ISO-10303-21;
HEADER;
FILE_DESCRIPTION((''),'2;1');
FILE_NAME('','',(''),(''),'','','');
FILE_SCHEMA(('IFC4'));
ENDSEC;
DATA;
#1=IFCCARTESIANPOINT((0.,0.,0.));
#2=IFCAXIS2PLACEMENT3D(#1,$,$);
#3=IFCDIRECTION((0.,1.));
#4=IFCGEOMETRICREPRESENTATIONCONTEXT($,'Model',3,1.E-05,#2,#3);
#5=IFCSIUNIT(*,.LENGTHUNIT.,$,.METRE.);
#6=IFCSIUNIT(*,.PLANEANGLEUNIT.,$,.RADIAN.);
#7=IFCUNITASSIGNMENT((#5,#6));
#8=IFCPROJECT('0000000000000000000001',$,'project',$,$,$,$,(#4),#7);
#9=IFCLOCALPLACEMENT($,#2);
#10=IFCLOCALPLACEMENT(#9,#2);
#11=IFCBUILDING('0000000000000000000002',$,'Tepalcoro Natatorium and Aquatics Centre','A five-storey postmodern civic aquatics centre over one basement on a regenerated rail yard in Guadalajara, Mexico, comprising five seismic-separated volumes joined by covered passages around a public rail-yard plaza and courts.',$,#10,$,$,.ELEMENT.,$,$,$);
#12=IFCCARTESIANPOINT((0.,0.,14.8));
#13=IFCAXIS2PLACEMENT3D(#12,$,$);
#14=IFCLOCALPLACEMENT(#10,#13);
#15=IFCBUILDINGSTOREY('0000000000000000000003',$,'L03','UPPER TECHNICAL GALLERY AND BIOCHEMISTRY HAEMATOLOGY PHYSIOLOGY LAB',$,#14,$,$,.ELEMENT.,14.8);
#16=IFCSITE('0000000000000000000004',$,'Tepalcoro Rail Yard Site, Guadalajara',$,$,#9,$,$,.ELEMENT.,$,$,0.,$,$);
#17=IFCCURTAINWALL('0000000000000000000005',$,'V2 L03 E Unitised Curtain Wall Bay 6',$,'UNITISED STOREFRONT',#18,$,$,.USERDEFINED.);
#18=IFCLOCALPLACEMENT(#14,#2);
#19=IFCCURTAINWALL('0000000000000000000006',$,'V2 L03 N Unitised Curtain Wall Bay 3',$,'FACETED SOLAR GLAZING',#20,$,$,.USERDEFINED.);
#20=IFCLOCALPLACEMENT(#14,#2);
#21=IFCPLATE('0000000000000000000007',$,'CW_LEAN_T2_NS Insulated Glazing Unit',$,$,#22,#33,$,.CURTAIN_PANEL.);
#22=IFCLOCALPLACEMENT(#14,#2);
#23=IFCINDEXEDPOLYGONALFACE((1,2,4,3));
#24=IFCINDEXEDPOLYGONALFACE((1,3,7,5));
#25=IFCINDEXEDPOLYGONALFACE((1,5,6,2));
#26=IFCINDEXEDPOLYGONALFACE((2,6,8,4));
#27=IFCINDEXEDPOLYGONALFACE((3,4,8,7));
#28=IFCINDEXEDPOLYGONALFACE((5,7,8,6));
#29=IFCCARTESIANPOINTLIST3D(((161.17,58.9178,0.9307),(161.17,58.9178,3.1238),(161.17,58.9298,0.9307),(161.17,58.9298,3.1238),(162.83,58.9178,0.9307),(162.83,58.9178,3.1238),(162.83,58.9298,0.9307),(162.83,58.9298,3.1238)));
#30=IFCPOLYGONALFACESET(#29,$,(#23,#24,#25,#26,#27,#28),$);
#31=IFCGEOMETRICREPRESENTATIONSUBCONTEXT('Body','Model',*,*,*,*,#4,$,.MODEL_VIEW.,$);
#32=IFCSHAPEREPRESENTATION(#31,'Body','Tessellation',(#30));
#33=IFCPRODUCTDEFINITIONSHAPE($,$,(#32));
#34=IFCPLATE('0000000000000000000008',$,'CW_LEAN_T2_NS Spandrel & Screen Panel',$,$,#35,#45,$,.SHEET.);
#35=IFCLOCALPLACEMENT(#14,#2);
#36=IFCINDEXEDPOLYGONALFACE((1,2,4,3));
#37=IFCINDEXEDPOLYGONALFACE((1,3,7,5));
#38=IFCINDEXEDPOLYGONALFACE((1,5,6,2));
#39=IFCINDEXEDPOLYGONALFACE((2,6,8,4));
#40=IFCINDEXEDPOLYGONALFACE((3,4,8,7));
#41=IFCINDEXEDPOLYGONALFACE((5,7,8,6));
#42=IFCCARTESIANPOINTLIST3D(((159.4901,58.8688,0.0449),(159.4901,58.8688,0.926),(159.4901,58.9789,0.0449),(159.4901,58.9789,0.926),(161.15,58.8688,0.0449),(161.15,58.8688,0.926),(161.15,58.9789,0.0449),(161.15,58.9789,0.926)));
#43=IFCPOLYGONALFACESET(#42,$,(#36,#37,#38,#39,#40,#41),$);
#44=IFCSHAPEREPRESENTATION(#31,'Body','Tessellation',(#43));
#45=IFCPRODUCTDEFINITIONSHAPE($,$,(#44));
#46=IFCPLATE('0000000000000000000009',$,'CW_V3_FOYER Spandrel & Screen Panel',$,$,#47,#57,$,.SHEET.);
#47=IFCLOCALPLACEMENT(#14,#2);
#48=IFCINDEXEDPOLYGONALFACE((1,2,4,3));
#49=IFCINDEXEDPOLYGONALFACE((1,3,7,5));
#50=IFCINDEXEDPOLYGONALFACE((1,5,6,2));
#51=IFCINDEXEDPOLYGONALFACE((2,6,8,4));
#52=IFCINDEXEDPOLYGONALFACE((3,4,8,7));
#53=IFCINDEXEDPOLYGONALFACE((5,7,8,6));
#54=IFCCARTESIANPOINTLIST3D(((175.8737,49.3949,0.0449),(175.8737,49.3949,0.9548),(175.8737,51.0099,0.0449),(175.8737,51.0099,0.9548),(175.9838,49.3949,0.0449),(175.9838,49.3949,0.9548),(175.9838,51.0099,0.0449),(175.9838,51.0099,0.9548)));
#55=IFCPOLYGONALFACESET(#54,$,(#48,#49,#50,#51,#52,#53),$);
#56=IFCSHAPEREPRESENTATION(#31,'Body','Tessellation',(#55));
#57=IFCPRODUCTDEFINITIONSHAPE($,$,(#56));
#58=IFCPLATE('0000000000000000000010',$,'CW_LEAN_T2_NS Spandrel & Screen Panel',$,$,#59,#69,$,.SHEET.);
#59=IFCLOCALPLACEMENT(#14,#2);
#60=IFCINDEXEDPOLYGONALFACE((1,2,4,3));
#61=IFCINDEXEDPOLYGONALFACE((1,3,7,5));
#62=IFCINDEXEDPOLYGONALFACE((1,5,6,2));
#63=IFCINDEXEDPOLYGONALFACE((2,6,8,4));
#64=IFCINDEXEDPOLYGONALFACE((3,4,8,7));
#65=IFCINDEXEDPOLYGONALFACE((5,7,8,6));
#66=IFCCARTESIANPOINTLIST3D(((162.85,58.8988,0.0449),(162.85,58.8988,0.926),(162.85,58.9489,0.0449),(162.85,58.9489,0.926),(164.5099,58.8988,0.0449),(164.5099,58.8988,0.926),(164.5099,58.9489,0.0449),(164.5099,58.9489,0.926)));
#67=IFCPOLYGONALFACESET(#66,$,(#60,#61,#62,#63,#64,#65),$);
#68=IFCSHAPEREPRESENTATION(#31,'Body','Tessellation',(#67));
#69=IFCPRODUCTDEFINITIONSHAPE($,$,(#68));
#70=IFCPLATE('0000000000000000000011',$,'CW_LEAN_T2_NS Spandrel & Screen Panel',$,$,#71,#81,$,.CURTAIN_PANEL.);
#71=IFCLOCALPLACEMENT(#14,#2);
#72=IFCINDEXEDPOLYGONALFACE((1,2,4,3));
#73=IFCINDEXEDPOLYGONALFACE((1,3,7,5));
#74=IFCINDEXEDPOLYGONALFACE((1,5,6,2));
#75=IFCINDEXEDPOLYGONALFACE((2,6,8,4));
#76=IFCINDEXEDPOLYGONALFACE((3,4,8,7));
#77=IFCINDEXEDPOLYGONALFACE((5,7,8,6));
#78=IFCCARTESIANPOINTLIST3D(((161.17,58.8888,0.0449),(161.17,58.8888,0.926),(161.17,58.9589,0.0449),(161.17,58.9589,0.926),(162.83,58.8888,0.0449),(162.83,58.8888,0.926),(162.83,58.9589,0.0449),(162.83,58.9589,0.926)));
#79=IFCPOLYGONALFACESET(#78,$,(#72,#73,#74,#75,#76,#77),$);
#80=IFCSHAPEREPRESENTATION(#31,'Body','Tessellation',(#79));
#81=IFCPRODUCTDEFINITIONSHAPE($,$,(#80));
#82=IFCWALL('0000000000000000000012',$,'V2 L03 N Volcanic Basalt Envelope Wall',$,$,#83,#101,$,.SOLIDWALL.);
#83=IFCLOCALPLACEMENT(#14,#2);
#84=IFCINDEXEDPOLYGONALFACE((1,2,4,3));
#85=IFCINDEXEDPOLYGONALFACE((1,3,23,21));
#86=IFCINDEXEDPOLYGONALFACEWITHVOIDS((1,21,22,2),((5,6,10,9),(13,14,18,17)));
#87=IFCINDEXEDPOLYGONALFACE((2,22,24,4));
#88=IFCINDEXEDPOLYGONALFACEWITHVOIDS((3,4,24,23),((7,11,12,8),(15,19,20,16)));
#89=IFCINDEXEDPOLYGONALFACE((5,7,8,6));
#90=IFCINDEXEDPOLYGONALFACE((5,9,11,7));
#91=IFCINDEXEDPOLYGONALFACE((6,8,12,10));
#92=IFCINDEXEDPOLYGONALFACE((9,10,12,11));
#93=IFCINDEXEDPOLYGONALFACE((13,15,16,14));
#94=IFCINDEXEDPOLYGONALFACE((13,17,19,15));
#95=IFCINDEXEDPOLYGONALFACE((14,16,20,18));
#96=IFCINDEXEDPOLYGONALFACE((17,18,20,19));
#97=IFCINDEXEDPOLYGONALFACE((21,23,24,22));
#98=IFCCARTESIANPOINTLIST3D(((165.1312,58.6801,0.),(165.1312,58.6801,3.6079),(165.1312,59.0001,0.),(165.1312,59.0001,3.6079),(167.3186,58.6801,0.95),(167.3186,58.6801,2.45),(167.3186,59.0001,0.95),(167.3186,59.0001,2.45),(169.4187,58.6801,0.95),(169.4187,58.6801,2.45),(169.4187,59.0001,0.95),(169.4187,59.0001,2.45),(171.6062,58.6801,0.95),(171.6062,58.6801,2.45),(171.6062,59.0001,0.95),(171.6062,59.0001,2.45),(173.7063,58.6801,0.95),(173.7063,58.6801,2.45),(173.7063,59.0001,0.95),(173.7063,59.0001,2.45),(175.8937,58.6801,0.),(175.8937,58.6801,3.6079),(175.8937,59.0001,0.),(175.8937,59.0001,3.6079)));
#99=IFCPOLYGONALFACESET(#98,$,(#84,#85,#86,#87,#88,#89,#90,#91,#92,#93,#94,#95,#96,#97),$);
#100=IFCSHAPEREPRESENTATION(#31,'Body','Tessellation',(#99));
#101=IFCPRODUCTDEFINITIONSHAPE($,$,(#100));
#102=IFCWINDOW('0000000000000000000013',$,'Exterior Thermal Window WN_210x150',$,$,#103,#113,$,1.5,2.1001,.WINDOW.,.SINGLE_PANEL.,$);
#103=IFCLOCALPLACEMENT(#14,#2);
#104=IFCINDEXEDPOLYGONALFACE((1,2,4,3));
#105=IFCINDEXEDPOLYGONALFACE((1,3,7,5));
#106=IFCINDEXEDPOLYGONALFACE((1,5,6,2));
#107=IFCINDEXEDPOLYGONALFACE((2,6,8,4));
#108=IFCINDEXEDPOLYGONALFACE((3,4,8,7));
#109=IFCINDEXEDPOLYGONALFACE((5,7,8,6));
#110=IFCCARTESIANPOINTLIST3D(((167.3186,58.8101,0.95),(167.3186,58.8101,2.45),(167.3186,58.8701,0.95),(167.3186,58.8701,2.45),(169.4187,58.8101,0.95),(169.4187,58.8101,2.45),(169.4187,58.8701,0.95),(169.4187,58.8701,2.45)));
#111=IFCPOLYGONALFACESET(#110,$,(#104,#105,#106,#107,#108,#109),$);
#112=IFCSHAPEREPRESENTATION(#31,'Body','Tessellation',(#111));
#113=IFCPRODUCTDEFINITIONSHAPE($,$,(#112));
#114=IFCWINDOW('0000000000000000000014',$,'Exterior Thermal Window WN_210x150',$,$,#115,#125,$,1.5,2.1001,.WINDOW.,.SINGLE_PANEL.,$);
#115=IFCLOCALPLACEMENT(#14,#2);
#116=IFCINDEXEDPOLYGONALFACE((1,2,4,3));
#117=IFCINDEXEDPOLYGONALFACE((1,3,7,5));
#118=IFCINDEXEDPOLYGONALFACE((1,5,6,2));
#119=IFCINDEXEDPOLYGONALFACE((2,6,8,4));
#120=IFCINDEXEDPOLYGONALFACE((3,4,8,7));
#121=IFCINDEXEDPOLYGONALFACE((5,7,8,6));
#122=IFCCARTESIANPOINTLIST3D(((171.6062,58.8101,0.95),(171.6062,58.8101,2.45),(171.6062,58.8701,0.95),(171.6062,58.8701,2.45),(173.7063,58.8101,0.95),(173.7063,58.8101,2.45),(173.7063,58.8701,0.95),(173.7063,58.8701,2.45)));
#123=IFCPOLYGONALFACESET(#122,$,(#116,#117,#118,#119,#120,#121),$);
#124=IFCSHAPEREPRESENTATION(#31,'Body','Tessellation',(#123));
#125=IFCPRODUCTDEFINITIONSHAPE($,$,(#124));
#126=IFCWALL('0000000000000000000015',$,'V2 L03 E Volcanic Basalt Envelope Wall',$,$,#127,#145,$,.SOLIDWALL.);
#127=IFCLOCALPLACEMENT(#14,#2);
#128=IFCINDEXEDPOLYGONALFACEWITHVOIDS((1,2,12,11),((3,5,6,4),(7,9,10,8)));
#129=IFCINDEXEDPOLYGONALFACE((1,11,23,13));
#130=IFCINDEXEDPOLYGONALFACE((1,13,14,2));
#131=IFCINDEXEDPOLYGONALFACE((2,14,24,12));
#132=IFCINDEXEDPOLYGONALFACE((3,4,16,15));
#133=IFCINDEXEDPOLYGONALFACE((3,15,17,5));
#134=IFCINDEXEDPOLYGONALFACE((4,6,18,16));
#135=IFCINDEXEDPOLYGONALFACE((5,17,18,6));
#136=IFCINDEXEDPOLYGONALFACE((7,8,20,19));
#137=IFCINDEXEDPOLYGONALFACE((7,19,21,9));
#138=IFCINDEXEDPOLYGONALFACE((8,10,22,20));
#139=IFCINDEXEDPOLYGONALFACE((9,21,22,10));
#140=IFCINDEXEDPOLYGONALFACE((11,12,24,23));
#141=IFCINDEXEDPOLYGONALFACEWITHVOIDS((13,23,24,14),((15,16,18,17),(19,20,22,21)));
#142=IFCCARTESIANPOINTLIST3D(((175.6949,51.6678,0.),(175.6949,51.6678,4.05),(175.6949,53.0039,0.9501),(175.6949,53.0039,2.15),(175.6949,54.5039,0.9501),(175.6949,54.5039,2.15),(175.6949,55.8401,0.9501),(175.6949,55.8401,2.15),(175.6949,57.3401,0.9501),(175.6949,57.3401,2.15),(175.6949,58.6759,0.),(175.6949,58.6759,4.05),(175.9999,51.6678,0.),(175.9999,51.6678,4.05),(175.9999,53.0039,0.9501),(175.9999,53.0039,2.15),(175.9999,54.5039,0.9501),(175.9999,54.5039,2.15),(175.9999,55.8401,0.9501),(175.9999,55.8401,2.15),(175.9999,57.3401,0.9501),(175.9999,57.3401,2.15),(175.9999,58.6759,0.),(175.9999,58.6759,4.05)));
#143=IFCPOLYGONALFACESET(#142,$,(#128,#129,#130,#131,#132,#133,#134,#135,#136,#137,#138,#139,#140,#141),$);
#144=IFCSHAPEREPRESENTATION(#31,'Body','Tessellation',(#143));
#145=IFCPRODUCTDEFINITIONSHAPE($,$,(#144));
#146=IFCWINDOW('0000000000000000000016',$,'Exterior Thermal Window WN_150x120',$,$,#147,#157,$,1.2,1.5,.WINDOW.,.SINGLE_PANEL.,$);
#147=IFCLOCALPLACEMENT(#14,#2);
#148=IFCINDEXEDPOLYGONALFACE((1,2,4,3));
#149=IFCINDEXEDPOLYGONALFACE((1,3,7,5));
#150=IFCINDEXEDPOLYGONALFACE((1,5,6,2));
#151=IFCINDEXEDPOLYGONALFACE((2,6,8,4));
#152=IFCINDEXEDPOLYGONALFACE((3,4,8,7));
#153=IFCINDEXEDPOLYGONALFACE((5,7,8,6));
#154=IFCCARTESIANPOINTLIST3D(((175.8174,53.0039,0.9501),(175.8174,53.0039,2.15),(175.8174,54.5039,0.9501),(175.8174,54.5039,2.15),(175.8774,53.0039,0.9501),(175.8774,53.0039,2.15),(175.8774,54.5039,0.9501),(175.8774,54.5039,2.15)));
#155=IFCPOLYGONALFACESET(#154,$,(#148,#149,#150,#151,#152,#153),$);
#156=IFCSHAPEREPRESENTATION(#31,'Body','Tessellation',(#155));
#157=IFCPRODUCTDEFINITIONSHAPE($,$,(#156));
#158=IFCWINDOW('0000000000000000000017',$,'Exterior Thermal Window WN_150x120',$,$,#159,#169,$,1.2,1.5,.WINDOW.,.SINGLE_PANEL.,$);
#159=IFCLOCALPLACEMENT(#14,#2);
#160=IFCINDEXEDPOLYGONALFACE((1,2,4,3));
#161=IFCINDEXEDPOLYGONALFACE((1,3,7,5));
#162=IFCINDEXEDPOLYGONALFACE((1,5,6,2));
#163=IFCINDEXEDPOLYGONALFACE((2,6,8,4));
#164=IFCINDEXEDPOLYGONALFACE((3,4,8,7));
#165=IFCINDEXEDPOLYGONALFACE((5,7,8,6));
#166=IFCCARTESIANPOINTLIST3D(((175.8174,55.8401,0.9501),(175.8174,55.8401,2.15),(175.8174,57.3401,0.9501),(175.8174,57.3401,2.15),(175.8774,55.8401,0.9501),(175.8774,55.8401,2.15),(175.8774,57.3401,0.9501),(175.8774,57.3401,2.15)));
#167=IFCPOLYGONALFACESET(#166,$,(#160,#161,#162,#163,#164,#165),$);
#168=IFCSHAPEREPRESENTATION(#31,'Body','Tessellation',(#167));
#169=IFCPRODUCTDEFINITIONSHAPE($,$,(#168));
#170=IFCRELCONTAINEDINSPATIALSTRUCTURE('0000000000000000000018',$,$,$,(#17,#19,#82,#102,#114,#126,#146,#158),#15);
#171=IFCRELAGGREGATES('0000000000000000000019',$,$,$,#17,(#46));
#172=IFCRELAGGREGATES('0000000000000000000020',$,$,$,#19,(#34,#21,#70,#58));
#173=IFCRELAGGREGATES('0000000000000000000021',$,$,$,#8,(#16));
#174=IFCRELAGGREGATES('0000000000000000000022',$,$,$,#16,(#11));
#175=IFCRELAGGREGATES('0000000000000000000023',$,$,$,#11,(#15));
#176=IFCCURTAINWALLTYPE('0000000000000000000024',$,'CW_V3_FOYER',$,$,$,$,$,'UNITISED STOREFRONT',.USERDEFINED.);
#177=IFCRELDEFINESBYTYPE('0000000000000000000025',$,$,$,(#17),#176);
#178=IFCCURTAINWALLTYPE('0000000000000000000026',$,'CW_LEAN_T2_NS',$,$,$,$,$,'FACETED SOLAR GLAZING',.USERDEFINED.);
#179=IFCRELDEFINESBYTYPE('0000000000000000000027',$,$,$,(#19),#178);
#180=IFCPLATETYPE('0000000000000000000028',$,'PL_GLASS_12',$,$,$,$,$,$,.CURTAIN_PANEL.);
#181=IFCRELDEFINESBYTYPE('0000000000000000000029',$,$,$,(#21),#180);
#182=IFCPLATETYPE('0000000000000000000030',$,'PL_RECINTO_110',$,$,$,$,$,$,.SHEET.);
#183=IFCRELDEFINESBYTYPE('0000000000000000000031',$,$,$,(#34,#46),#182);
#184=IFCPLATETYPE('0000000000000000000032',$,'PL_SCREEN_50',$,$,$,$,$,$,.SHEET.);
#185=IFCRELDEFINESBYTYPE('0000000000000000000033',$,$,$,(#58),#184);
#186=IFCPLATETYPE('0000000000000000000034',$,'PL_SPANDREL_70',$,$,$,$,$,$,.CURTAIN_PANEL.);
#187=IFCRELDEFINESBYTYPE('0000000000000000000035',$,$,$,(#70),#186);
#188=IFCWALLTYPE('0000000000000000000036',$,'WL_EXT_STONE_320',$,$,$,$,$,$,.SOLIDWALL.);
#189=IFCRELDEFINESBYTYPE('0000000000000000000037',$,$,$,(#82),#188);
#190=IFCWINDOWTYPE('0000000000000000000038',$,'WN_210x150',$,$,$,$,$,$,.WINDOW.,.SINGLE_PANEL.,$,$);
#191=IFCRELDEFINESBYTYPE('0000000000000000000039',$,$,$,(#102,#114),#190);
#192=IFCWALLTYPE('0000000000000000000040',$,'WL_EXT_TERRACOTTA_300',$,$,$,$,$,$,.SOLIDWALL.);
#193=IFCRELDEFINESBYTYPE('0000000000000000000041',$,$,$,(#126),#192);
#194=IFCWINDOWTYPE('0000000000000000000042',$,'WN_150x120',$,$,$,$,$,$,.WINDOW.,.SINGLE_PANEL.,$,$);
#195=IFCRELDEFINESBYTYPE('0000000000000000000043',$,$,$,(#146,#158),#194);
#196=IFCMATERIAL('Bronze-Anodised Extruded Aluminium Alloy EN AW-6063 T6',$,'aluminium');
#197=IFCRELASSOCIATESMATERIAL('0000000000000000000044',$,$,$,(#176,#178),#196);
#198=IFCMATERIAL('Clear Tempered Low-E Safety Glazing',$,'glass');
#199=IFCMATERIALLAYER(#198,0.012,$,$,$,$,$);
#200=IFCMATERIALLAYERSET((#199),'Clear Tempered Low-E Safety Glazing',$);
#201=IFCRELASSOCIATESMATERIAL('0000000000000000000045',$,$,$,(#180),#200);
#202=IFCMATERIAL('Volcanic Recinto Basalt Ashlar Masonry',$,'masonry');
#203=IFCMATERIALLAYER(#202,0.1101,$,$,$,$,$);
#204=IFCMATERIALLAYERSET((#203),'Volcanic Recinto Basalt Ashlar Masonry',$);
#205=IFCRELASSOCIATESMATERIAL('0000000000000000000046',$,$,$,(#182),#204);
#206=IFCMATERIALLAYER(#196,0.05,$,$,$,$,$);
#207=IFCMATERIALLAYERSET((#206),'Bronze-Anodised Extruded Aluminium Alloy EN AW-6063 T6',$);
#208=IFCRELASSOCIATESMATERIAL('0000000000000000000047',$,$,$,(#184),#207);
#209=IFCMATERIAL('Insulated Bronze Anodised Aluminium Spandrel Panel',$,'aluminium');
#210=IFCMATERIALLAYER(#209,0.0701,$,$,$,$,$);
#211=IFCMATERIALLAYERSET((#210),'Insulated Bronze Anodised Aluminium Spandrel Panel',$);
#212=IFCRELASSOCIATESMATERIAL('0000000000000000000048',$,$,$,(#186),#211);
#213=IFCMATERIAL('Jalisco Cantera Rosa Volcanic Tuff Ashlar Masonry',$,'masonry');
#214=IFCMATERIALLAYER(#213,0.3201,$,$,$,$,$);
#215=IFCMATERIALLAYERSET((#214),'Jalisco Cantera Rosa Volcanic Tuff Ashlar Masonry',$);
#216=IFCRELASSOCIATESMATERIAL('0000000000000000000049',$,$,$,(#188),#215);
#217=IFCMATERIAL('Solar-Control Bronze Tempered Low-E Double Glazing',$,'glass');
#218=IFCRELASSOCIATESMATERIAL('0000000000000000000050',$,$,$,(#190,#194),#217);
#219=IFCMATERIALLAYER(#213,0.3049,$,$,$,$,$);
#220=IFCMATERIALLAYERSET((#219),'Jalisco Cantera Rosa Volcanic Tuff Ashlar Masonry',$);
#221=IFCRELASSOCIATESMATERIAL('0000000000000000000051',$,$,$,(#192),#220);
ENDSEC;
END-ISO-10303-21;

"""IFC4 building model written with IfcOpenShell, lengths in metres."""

from ifc_helpers import new_model, si_unit, direction, frame, frame_2d, origin, origin_2d, place, context, subcontext, project, spatial, rectangle, extrude, material, layer, layer_set, type_object, element, fill, aggregate, save


model = new_model("IFC4")

# Units and contexts
model_context = context("Model", 3, precision=1e-05, world=origin(), true_north=direction((0.0, 1.0)))
body_context = subcontext(model_context, "Body", "Model", "MODEL_VIEW")
ifc_project = project(units=[si_unit("LENGTHUNIT", "METRE"), si_unit("PLANEANGLEUNIT", "RADIAN")], contexts=[model_context])

# Site, building, storey
site_placement = place(None, origin())
site = spatial("IfcSite", under=ifc_project, at=site_placement, Name="Tepalcoro Rail Yard Site, Guadalajara", CompositionType="ELEMENT", RefElevation=0.0)
building_placement = place(site_placement, origin())
building = spatial("IfcBuilding", under=site, at=building_placement, Name="Tepalcoro Natatorium and Aquatics Centre", Description="A five-storey postmodern civic aquatics centre over one basement on a regenerated rail yard in Guadalajara, Mexico, comprising five seismic-separated volumes joined by covered passages around a public rail-yard plaza and courts.", CompositionType="ELEMENT")
storey_placement = place(building_placement, frame((0.0, 0.0, 14.8)))
storey = spatial("IfcBuildingStorey", under=building, at=storey_placement, Name="L03", Description="UPPER TECHNICAL GALLERY AND BIOCHEMISTRY HAEMATOLOGY PHYSIOLOGY LAB", CompositionType="ELEMENT", Elevation=14.8)

# Curtain wall
ifc_material_1 = material(Name="Bronze-Anodised Extruded Aluminium Alloy EN AW-6063 T6", Category="aluminium")
curtain_wall_type_1 = type_object("IfcCurtainWallType", Name="CW_V3_FOYER", ElementType="UNITISED STOREFRONT", PredefinedType="USERDEFINED", material=ifc_material_1)
curtain_wall_1_placement = place(storey_placement, origin())
curtain_wall_1 = element("IfcCurtainWall", 1, at=curtain_wall_1_placement, inside=storey, type_object=curtain_wall_type_1, Name="V2 L03 E Unitised Curtain Wall Bay 6", ObjectType="UNITISED STOREFRONT", PredefinedType="USERDEFINED")

# Curtain wall
curtain_wall_type_2 = type_object("IfcCurtainWallType", Name="CW_LEAN_T2_NS", ElementType="FACETED SOLAR GLAZING", PredefinedType="USERDEFINED", material=ifc_material_1)
curtain_wall_2_placement = place(storey_placement, origin())
curtain_wall_2 = element("IfcCurtainWall", 2, at=curtain_wall_2_placement, inside=storey, type_object=curtain_wall_type_2, Name="V2 L03 N Unitised Curtain Wall Bay 3", ObjectType="FACETED SOLAR GLAZING", PredefinedType="USERDEFINED")

# Plates
ifc_material_2 = material(Name="Solar-Control Bronze Tempered Low-E Double Glazing", Category="glass")
ifc_material_3 = material(Name="Clear Tempered Low-E Safety Glazing", Category="glass")
ifc_layer_1 = layer(ifc_material_3, 0.012)
ifc_layer_set_1 = layer_set([ifc_layer_1], Name="Clear Tempered Low-E Safety Glazing")
plate_type_1 = type_object("IfcPlateType", Name="PL_GLASS_12", PredefinedType="CURTAIN_PANEL", material=ifc_layer_set_1)
plate_1_placement = place(storey_placement, frame((162.0, 58.9238, 0.9307), z_axis=(0.0, 0.0, 1.0), x_axis=(1.0, 0.0, 0.0)))
plate_1 = element("IfcPlate", 3, at=plate_1_placement, type_object=plate_type_1, Name="CW_LEAN_T2_NS Insulated Glazing Unit", PredefinedType="CURTAIN_PANEL", context=body_context, shape_type="SweptSolid", body=[
    extrude(rectangle(XDim=1.6599, YDim=0.012, at=origin_2d()), origin(), (0.0, 0.0, 1.0), 2.1931),
])
ifc_material_4 = material(Name="Volcanic Recinto Basalt Ashlar Masonry", Category="masonry")
ifc_layer_2 = layer(ifc_material_4, 0.1101)
ifc_layer_set_2 = layer_set([ifc_layer_2], Name="Volcanic Recinto Basalt Ashlar Masonry")
plate_type_2 = type_object("IfcPlateType", Name="PL_RECINTO_110", PredefinedType="SHEET", material=ifc_layer_set_2)
plate_2_placement = place(storey_placement, frame((160.3201, 58.9238, 0.0449), z_axis=(0.0, 0.0, 1.0), x_axis=(1.0, 0.0, 0.0)))
plate_2 = element("IfcPlate", 4, at=plate_2_placement, type_object=plate_type_2, Name="CW_LEAN_T2_NS Spandrel & Screen Panel", PredefinedType="SHEET", context=body_context, shape_type="SweptSolid", body=[
    extrude(rectangle(XDim=1.6599, YDim=0.1101, at=origin_2d()), origin(), (0.0, 0.0, 1.0), 0.8811),
])
plate_3_placement = place(storey_placement, frame((175.9287, 50.2024, 0.0449), z_axis=(0.0, 0.0, 1.0), x_axis=(1.0, 0.0, 0.0)))
plate_3 = element("IfcPlate", 5, at=plate_3_placement, type_object=plate_type_2, Name="CW_V3_FOYER Spandrel & Screen Panel", PredefinedType="SHEET", context=body_context, shape_type="SweptSolid", body=[
    extrude(rectangle(XDim=0.1101, YDim=1.615, at=origin_2d()), origin(), (0.0, 0.0, 1.0), 0.9099),
])
aggregate(curtain_wall_1, [plate_3])
ifc_layer_3 = layer(ifc_material_1, 0.05)
ifc_layer_set_3 = layer_set([ifc_layer_3], Name="Bronze-Anodised Extruded Aluminium Alloy EN AW-6063 T6")
plate_type_3 = type_object("IfcPlateType", Name="PL_SCREEN_50", PredefinedType="SHEET", material=ifc_layer_set_3)
plate_4_placement = place(storey_placement, frame((163.6799, 58.9238, 0.0449), z_axis=(0.0, 0.0, 1.0), x_axis=(1.0, 0.0, 0.0)))
plate_4 = element("IfcPlate", 6, at=plate_4_placement, type_object=plate_type_3, Name="CW_LEAN_T2_NS Spandrel & Screen Panel", PredefinedType="SHEET", context=body_context, shape_type="SweptSolid", body=[
    extrude(rectangle(XDim=1.6599, YDim=0.05, at=origin_2d()), origin(), (0.0, 0.0, 1.0), 0.8811),
])
ifc_material_5 = material(Name="Insulated Bronze Anodised Aluminium Spandrel Panel", Category="aluminium")
ifc_layer_4 = layer(ifc_material_5, 0.0701)
ifc_layer_set_4 = layer_set([ifc_layer_4], Name="Insulated Bronze Anodised Aluminium Spandrel Panel")
plate_type_4 = type_object("IfcPlateType", Name="PL_SPANDREL_70", PredefinedType="CURTAIN_PANEL", material=ifc_layer_set_4)
plate_5_placement = place(storey_placement, frame((162.0, 58.9238, 0.0449), z_axis=(0.0, 0.0, 1.0), x_axis=(1.0, 0.0, 0.0)))
plate_5 = element("IfcPlate", 7, at=plate_5_placement, type_object=plate_type_4, Name="CW_LEAN_T2_NS Spandrel & Screen Panel", PredefinedType="CURTAIN_PANEL", context=body_context, shape_type="SweptSolid", body=[
    extrude(rectangle(XDim=1.6599, YDim=0.0701, at=origin_2d()), origin(), (0.0, 0.0, 1.0), 0.8811),
])
aggregate(curtain_wall_2, [plate_2, plate_1, plate_5, plate_4])

# Walls, openings, windows
ifc_material_6 = material(Name="Jalisco Cantera Rosa Volcanic Tuff Ashlar Masonry", Category="masonry")
ifc_layer_5 = layer(ifc_material_6, 0.3201)
ifc_layer_set_5 = layer_set([ifc_layer_5], Name="Jalisco Cantera Rosa Volcanic Tuff Ashlar Masonry")
wall_type_1 = type_object("IfcWallType", Name="WL_EXT_STONE_320", PredefinedType="SOLIDWALL", material=ifc_layer_set_5)
wall_1_placement = place(storey_placement, frame((165.1311, 58.8401, 0.0), z_axis=(0.0, 0.0, 1.0), x_axis=(1.0, 0.0, 0.0)))
wall_1 = element("IfcWall", 8, at=wall_1_placement, inside=storey, type_object=wall_type_1, Name="V2 L03 N Volcanic Basalt Envelope Wall", PredefinedType="SOLIDWALL", context=body_context, shape_type="SweptSolid", body=[
    extrude(rectangle(XDim=10.7625, YDim=0.3201, at=frame_2d((5.3813, 0.0))), origin(), (0.0, 0.0, 1.0), 3.6079),
])
opening_1_placement = place(wall_1_placement, frame((2.1875, 0.0, 0.95)))
opening_1 = element("IfcOpeningElement", 9, at=opening_1_placement, cuts=wall_1, PredefinedType="OPENING", context=body_context, shape_type="SweptSolid", body=[
    extrude(rectangle(XDim=2.1001, YDim=1.5, at=frame_2d((1.05, 0.75))), frame((0.0, 0.1719, 0.0), z_axis=(0.0, -1.0, 0.0), x_axis=(1.0, 0.0, 0.0)), (0.0, 0.0, 1.0), 0.344),
])
opening_2_placement = place(wall_1_placement, frame((6.4751, 0.0, 0.95)))
opening_2 = element("IfcOpeningElement", 10, at=opening_2_placement, cuts=wall_1, PredefinedType="OPENING", context=body_context, shape_type="SweptSolid", body=[
    extrude(rectangle(XDim=2.1001, YDim=1.5, at=frame_2d((1.05, 0.75))), frame((0.0, 0.1719, 0.0), z_axis=(0.0, -1.0, 0.0), x_axis=(1.0, 0.0, 0.0)), (0.0, 0.0, 1.0), 0.344),
])
window_type_1 = type_object("IfcWindowType", Name="WN_210x150", PartitioningType="SINGLE_PANEL", PredefinedType="WINDOW", material=ifc_material_2)
window_1_placement = place(opening_1_placement, origin())
window_1 = element("IfcWindow", 11, at=window_1_placement, inside=storey, type_object=window_type_1, Name="Exterior Thermal Window WN_210x150", OverallHeight=1.5, OverallWidth=2.1001, PartitioningType="SINGLE_PANEL", PredefinedType="WINDOW", context=body_context, shape_type="SweptSolid", body=[
    extrude(rectangle(XDim=2.1001, YDim=1.5, at=frame_2d((1.05, 0.75))), frame((0.0, 0.03, 0.0), z_axis=(0.0, -1.0, 0.0), x_axis=(1.0, 0.0, 0.0)), (0.0, 0.0, 1.0), 0.0601),
])
fill(opening_1, window_1)
window_2_placement = place(opening_2_placement, origin())
window_2 = element("IfcWindow", 12, at=window_2_placement, inside=storey, type_object=window_type_1, Name="Exterior Thermal Window WN_210x150", OverallHeight=1.5, OverallWidth=2.1001, PartitioningType="SINGLE_PANEL", PredefinedType="WINDOW", context=body_context, shape_type="SweptSolid", body=[
    extrude(rectangle(XDim=2.1001, YDim=1.5, at=frame_2d((1.05, 0.75))), frame((0.0, 0.03, 0.0), z_axis=(0.0, -1.0, 0.0), x_axis=(1.0, 0.0, 0.0)), (0.0, 0.0, 1.0), 0.0601),
])
fill(opening_2, window_2)
ifc_layer_6 = layer(ifc_material_6, 0.3049)
ifc_layer_set_6 = layer_set([ifc_layer_6], Name="Jalisco Cantera Rosa Volcanic Tuff Ashlar Masonry")
wall_type_2 = type_object("IfcWallType", Name="WL_EXT_TERRACOTTA_300", PredefinedType="SOLIDWALL", material=ifc_layer_set_6)
wall_2_placement = place(storey_placement, frame((175.8474, 51.668, 0.0), z_axis=(0.0, 0.0, 1.0), x_axis=(0.0, 1.0, 0.0)))
wall_2 = element("IfcWall", 13, at=wall_2_placement, inside=storey, type_object=wall_type_2, Name="V2 L03 E Volcanic Basalt Envelope Wall", PredefinedType="SOLIDWALL", context=body_context, shape_type="SweptSolid", body=[
    extrude(rectangle(XDim=7.0081, YDim=0.3049, at=frame_2d((3.5039, 0.0))), origin(), (0.0, 0.0, 1.0), 4.05),
])
opening_3_placement = place(wall_2_placement, frame((1.3359, 0.0, 0.95)))
opening_3 = element("IfcOpeningElement", 14, at=opening_3_placement, cuts=wall_2, PredefinedType="OPENING", context=body_context, shape_type="SweptSolid", body=[
    extrude(rectangle(XDim=1.5, YDim=1.2, at=frame_2d((0.75, 0.6001))), frame((0.0, 0.1646, 0.0), z_axis=(0.0, -1.0, 0.0), x_axis=(1.0, 0.0, 0.0)), (0.0, 0.0, 1.0), 0.3289),
])
opening_4_placement = place(wall_2_placement, frame((4.1721, 0.0, 0.95)))
opening_4 = element("IfcOpeningElement", 15, at=opening_4_placement, cuts=wall_2, PredefinedType="OPENING", context=body_context, shape_type="SweptSolid", body=[
    extrude(rectangle(XDim=1.5, YDim=1.2, at=frame_2d((0.75, 0.6001))), frame((0.0, 0.1646, 0.0), z_axis=(0.0, -1.0, 0.0), x_axis=(1.0, 0.0, 0.0)), (0.0, 0.0, 1.0), 0.3289),
])
window_type_2 = type_object("IfcWindowType", Name="WN_150x120", PartitioningType="SINGLE_PANEL", PredefinedType="WINDOW", material=ifc_material_2)
window_3_placement = place(opening_3_placement, origin())
window_3 = element("IfcWindow", 16, at=window_3_placement, inside=storey, type_object=window_type_2, Name="Exterior Thermal Window WN_150x120", OverallHeight=1.2, OverallWidth=1.5, PartitioningType="SINGLE_PANEL", PredefinedType="WINDOW", context=body_context, shape_type="SweptSolid", body=[
    extrude(rectangle(XDim=1.5, YDim=1.2, at=frame_2d((0.75, 0.6001))), frame((0.0, 0.03, 0.0), z_axis=(0.0, -1.0, 0.0), x_axis=(1.0, 0.0, 0.0)), (0.0, 0.0, 1.0), 0.0601),
])
fill(opening_3, window_3)
window_4_placement = place(opening_4_placement, origin())
window_4 = element("IfcWindow", 17, at=window_4_placement, inside=storey, type_object=window_type_2, Name="Exterior Thermal Window WN_150x120", OverallHeight=1.2, OverallWidth=1.5, PartitioningType="SINGLE_PANEL", PredefinedType="WINDOW", context=body_context, shape_type="SweptSolid", body=[
    extrude(rectangle(XDim=1.5, YDim=1.2, at=frame_2d((0.75, 0.6001))), frame((0.0, 0.03, 0.0), z_axis=(0.0, -1.0, 0.0), x_axis=(1.0, 0.0, 0.0)), (0.0, 0.0, 1.0), 0.0601),
])
fill(opening_4, window_4)

save(model, "model.ifc")
